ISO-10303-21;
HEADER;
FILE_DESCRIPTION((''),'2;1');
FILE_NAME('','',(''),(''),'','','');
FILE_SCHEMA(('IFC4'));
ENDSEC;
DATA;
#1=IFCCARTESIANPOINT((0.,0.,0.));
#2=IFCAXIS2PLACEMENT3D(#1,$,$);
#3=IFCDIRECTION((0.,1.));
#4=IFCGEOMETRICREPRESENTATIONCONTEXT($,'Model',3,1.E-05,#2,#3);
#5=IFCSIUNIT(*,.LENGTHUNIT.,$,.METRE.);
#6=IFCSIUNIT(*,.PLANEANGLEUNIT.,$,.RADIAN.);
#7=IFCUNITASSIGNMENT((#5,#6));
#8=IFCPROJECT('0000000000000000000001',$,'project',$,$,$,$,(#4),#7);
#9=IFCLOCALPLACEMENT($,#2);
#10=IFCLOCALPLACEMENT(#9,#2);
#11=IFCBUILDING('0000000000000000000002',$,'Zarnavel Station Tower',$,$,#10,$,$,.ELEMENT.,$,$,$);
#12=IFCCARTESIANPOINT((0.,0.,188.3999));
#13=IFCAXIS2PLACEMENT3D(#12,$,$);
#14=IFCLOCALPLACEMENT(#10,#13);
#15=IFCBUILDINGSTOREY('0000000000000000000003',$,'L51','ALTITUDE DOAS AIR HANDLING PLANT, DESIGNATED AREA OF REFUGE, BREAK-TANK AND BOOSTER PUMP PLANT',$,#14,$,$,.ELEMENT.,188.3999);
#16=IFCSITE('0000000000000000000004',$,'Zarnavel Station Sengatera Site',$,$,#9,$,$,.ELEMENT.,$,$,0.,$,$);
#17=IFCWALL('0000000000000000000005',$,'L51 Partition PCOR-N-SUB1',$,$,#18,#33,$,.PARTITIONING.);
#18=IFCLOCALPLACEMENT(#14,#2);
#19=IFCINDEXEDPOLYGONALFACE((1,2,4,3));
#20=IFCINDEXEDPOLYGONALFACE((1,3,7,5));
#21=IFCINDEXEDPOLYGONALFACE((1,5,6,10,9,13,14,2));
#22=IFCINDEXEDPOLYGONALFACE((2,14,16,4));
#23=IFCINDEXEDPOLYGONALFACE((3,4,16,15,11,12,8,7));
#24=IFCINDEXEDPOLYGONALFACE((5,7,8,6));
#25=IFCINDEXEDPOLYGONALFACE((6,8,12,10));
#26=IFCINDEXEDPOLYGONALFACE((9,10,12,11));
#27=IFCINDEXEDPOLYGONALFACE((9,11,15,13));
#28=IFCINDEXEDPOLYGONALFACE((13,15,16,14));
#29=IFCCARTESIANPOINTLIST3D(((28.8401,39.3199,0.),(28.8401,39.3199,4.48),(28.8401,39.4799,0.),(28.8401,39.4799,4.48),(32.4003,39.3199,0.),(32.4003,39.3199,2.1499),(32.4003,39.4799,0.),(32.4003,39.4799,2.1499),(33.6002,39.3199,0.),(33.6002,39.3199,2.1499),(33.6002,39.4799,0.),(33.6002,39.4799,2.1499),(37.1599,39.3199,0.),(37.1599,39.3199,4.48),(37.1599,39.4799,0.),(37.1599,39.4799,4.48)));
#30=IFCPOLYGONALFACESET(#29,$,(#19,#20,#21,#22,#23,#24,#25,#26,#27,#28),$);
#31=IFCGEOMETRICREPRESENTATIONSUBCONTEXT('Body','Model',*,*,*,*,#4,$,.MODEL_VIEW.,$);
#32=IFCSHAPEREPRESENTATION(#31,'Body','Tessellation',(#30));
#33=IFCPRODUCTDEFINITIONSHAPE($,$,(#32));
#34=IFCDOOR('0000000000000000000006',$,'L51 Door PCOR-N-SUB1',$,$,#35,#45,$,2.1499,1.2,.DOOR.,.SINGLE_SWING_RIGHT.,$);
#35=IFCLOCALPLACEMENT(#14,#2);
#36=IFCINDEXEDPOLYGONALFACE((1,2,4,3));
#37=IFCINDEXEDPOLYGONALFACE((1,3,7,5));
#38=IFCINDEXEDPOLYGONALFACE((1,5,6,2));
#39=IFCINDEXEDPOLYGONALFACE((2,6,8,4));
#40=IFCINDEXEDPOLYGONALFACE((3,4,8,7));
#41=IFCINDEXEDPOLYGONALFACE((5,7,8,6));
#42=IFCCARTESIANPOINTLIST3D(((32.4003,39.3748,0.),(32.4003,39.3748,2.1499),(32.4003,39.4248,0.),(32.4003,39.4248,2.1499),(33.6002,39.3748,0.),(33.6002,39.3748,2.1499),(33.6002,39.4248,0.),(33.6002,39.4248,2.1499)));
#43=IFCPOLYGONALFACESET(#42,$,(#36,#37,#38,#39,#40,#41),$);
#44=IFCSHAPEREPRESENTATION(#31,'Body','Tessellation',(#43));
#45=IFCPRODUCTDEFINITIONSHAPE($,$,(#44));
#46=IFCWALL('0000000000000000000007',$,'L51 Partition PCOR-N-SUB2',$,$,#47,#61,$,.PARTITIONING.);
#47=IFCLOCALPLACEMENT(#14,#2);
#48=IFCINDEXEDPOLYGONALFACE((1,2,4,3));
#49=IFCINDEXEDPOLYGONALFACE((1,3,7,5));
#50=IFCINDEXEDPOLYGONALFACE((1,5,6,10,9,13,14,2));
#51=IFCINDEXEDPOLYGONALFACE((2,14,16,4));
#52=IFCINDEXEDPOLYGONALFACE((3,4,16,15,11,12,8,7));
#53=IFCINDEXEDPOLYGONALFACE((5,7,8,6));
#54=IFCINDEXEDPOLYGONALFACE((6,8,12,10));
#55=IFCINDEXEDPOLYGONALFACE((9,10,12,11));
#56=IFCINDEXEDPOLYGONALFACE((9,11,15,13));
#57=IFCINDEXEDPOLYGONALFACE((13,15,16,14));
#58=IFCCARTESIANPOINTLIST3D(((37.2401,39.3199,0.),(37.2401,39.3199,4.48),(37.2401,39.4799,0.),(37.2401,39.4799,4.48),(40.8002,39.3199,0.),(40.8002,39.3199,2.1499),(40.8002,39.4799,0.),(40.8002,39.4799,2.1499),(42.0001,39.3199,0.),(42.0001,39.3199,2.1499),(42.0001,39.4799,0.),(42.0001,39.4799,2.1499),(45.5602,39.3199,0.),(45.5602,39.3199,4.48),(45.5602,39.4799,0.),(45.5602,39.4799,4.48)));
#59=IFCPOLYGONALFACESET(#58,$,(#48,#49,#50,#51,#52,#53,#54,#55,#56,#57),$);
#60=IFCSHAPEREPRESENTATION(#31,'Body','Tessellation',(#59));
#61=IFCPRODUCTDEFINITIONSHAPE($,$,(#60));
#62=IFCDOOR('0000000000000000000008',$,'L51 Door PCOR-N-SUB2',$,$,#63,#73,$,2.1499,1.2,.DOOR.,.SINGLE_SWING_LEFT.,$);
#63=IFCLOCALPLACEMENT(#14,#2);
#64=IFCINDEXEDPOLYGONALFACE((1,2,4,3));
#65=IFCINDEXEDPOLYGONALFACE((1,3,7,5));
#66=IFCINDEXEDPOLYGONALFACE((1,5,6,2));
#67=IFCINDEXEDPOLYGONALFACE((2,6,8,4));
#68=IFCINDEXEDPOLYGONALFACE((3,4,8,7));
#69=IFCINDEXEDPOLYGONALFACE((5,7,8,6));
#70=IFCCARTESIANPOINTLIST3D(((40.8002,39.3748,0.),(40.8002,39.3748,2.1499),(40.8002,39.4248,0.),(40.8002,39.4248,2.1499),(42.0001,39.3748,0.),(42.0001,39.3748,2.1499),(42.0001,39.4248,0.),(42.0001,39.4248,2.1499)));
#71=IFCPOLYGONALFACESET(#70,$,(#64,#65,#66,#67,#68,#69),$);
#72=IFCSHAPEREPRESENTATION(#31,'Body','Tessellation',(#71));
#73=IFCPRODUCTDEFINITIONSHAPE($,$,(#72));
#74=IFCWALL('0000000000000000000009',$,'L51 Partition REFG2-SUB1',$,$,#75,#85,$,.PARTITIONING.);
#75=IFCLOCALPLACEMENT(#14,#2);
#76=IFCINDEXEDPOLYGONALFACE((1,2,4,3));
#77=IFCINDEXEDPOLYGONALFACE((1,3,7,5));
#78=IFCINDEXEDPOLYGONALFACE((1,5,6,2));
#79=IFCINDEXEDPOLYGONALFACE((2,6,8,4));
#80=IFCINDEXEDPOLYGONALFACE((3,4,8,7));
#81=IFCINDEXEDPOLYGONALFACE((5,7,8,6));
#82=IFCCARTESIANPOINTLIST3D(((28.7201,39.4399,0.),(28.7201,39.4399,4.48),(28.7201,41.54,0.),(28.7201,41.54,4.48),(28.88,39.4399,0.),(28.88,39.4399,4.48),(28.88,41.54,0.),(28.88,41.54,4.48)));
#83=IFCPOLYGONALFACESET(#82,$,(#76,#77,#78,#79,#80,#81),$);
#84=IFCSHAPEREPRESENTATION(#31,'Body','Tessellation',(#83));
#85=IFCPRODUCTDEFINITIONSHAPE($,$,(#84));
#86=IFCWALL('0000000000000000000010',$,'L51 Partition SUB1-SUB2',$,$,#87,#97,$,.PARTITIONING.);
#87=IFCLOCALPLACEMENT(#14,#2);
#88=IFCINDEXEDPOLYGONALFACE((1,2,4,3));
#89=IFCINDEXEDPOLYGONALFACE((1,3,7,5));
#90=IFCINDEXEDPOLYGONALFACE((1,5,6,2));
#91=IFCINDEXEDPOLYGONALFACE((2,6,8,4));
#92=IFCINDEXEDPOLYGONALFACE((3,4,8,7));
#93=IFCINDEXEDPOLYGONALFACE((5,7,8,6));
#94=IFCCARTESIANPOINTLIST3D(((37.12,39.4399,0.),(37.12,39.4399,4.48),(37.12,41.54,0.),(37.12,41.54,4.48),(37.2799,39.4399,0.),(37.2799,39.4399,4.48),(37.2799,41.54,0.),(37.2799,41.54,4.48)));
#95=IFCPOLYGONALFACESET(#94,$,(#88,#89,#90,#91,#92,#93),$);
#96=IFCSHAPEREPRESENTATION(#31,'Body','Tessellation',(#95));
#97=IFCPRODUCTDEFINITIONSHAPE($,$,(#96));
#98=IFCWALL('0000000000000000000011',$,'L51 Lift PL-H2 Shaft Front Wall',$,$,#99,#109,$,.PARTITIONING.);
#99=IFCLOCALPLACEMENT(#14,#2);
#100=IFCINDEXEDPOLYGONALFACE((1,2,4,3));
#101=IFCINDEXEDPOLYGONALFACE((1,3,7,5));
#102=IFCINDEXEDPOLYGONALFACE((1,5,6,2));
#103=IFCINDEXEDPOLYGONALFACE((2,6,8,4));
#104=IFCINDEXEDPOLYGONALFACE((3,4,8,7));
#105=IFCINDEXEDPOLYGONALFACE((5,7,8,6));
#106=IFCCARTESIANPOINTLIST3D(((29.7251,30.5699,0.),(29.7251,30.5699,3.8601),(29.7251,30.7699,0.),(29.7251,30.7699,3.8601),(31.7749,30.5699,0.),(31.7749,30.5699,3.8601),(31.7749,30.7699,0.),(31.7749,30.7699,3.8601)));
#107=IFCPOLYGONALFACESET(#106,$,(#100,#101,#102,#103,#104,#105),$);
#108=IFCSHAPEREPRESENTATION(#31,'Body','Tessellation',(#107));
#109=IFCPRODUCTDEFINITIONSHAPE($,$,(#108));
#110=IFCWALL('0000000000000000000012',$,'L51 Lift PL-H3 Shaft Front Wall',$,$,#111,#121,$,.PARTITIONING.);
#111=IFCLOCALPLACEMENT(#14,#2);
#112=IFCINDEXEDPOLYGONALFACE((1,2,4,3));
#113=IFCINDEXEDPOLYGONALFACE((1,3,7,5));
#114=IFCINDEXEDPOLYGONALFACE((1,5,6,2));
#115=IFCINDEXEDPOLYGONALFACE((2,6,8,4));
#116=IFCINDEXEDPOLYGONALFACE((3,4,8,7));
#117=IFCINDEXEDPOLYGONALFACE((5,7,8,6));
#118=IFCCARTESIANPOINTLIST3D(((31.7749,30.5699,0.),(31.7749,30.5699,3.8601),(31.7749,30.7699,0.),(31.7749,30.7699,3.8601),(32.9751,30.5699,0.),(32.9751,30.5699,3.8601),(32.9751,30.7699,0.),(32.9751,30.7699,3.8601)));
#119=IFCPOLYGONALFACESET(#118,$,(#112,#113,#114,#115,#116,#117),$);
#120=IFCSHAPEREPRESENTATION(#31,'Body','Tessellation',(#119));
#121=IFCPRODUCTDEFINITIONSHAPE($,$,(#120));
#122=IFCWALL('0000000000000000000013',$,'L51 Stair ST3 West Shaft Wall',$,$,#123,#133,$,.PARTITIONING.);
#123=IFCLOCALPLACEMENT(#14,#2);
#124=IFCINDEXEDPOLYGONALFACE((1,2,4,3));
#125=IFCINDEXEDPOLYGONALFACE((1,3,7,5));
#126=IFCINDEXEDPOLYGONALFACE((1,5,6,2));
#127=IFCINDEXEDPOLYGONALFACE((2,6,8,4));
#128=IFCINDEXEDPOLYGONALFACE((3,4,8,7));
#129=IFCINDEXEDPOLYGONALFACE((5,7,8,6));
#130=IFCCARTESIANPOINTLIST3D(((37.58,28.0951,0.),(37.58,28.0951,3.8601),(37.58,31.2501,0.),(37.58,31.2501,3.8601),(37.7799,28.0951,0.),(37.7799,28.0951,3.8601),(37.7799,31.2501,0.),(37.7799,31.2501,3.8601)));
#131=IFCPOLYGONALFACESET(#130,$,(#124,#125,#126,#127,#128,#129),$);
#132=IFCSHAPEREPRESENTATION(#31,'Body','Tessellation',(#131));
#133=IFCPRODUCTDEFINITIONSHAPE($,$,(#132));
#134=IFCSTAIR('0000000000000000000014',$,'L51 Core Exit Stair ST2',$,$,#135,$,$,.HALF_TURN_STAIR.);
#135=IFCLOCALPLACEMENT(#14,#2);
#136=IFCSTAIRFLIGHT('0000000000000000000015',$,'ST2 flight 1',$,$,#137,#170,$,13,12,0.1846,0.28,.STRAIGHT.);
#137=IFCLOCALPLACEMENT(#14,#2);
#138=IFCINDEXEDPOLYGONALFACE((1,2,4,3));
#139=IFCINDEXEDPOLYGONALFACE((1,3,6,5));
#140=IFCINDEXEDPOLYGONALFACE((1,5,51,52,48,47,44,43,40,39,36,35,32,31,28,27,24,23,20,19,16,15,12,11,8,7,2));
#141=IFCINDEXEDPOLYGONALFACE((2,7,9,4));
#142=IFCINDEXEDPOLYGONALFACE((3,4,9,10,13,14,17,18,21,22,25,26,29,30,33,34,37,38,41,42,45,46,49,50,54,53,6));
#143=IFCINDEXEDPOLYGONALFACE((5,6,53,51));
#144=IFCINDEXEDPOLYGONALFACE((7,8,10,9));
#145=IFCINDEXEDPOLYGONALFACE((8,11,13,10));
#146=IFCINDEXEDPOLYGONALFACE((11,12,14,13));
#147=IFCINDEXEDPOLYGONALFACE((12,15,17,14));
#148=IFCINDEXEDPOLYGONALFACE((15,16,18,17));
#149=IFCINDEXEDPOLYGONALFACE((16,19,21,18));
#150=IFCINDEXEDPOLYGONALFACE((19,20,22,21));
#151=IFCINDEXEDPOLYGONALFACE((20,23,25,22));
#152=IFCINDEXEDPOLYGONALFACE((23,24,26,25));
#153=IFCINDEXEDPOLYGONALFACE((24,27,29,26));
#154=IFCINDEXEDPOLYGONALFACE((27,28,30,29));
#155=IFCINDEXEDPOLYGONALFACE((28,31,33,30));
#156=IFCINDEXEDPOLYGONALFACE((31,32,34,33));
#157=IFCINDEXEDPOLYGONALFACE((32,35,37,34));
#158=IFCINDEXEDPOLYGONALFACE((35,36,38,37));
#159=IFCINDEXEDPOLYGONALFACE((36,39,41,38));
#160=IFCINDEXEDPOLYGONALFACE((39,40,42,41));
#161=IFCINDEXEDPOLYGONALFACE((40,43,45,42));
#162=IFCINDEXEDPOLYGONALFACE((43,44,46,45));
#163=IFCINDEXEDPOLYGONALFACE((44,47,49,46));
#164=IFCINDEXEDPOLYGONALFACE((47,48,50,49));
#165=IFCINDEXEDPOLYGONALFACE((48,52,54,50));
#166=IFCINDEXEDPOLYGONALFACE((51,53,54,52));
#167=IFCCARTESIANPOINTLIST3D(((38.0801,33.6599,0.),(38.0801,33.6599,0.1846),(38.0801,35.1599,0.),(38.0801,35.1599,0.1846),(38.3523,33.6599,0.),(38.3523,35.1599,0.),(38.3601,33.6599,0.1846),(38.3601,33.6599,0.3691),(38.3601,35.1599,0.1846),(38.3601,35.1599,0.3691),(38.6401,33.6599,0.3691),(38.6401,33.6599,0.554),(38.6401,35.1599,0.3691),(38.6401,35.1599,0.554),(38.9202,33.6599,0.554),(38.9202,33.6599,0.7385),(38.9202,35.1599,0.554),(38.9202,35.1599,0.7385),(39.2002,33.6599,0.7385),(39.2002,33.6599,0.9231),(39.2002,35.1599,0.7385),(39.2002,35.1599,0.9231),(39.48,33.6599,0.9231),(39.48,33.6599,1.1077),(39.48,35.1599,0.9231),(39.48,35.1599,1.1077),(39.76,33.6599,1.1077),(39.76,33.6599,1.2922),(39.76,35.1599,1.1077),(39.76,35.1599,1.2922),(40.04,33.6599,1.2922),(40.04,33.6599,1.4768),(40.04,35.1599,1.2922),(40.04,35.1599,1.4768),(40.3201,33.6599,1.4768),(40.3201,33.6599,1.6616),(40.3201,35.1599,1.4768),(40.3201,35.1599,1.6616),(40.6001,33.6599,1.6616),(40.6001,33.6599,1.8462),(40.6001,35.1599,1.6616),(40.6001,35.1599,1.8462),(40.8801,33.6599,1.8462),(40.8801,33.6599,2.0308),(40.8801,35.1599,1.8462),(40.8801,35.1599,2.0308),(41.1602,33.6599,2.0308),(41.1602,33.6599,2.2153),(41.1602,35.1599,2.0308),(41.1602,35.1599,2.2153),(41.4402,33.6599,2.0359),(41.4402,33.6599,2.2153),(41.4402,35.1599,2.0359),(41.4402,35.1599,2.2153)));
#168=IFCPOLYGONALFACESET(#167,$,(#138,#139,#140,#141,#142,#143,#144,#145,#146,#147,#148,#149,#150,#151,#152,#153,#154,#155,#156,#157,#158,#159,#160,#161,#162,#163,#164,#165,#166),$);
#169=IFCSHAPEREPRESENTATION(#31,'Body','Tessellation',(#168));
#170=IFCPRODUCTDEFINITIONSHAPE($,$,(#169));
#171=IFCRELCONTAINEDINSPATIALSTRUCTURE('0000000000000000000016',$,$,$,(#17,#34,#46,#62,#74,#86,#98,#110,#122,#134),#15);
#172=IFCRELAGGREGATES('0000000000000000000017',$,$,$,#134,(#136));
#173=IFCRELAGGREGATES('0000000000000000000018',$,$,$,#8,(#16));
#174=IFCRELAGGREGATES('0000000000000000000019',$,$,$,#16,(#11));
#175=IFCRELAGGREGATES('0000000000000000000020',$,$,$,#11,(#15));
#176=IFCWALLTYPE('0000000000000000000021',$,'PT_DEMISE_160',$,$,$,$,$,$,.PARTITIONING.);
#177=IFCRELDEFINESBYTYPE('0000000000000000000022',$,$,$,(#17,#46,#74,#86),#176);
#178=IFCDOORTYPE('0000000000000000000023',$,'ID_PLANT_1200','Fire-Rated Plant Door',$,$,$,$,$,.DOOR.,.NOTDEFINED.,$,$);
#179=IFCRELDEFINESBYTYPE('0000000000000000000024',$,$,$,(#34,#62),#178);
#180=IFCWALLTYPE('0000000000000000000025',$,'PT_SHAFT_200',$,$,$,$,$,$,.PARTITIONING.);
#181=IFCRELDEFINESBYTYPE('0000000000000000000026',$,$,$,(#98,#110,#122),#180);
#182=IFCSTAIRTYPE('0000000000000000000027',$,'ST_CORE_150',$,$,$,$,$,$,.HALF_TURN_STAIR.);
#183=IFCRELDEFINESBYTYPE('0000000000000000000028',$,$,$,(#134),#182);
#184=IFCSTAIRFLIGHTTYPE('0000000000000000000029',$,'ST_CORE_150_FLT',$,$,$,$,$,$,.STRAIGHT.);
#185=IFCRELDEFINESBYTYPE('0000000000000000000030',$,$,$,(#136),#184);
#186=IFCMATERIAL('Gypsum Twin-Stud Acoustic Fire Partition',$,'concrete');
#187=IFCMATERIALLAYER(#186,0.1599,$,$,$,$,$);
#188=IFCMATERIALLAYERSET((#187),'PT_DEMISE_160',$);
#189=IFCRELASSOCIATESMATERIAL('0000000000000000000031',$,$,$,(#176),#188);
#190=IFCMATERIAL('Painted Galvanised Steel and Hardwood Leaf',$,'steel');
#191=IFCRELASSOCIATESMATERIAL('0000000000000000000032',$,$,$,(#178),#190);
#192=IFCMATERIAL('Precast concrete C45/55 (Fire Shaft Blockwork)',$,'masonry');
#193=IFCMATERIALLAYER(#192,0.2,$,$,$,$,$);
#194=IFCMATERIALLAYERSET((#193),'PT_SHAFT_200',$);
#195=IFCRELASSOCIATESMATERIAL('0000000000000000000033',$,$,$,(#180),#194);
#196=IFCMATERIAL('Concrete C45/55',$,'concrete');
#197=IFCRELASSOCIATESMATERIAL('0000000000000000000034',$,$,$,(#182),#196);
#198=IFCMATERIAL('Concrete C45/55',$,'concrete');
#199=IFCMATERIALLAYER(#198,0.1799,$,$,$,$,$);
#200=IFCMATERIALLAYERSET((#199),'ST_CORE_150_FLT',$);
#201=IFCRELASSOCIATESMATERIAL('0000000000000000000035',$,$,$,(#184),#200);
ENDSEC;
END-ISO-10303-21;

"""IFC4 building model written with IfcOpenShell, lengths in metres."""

from ifc_helpers import new_model, si_unit, direction, frame, frame_2d, origin, place, context, subcontext, project, spatial, polyline, rectangle, outline, extrude, material, layer, layer_set, type_object, element, fill, aggregate, save


model = new_model("IFC4")

# Units and contexts
model_context = context("Model", 3, precision=1e-05, world=origin(), true_north=direction((0.0, 1.0)))
body_context = subcontext(model_context, "Body", "Model", "MODEL_VIEW")
ifc_project = project(units=[si_unit("LENGTHUNIT", "METRE"), si_unit("PLANEANGLEUNIT", "RADIAN")], contexts=[model_context])

# Site, building, storey
site_placement = place(None, origin())
site = spatial("IfcSite", under=ifc_project, at=site_placement, Name="Zarnavel Station Sengatera Site", CompositionType="ELEMENT", RefElevation=0.0)
building_placement = place(site_placement, origin())
building = spatial("IfcBuilding", under=site, at=building_placement, Name="Zarnavel Station Tower", CompositionType="ELEMENT")
storey_placement = place(building_placement, frame((0.0, 0.0, 188.3999)))
storey = spatial("IfcBuildingStorey", under=building, at=storey_placement, Name="L51", Description="ALTITUDE DOAS AIR HANDLING PLANT, DESIGNATED AREA OF REFUGE, BREAK-TANK AND BOOSTER PUMP PLANT", CompositionType="ELEMENT", Elevation=188.3999)

# Walls, openings, doors
ifc_material_1 = material(Name="Gypsum Twin-Stud Acoustic Fire Partition", Category="concrete")
ifc_layer_1 = layer(ifc_material_1, 0.1599)
ifc_layer_set_1 = layer_set([ifc_layer_1], Name="PT_DEMISE_160")
wall_type_1 = type_object("IfcWallType", Name="PT_DEMISE_160", PredefinedType="PARTITIONING", material=ifc_layer_set_1)
wall_1_placement = place(storey_placement, frame((28.8401, 39.3999, 0.0), z_axis=(0.0, 0.0, 1.0), x_axis=(1.0, 0.0, 0.0)))
wall_1 = element("IfcWall", 1, at=wall_1_placement, inside=storey, type_object=wall_type_1, Name="L51 Partition PCOR-N-SUB1", PredefinedType="PARTITIONING", context=body_context, shape_type="SweptSolid", body=[
    extrude(rectangle(XDim=8.3198, YDim=0.1599, at=frame_2d((4.1599, 0.0))), origin(), (0.0, 0.0, 1.0), 4.48),
])
opening_1_placement = place(wall_1_placement, frame((3.5601, 0.0, 0.0)))
opening_1 = element("IfcOpeningElement", 2, at=opening_1_placement, cuts=wall_1, PredefinedType="OPENING", context=body_context, shape_type="SweptSolid", body=[
    extrude(rectangle(XDim=1.2, YDim=2.1499, at=frame_2d((0.6001, 1.075))), frame((0.0, 0.0898, 0.0), z_axis=(0.0, -1.0, 0.0), x_axis=(1.0, 0.0, 0.0)), (0.0, 0.0, 1.0), 0.1799),
])
ifc_material_2 = material(Name="Painted Galvanised Steel and Hardwood Leaf", Category="steel")
door_type_1 = type_object("IfcDoorType", Name="ID_PLANT_1200", Description="Fire-Rated Plant Door", OperationType="NOTDEFINED", PredefinedType="DOOR", material=ifc_material_2)
door_1_placement = place(opening_1_placement, origin())
door_1 = element("IfcDoor", 3, at=door_1_placement, inside=storey, type_object=door_type_1, Name="L51 Door PCOR-N-SUB1", OperationType="SINGLE_SWING_RIGHT", OverallHeight=2.1499, OverallWidth=1.2, PredefinedType="DOOR", context=body_context, shape_type="SweptSolid", body=[
    extrude(rectangle(XDim=1.2, YDim=2.1499, at=frame_2d((0.6001, 1.075))), frame((0.0, 0.0249, 0.0), z_axis=(0.0, -1.0, 0.0), x_axis=(1.0, 0.0, 0.0)), (0.0, 0.0, 1.0), 0.05),
])
fill(opening_1, door_1)
wall_2_placement = place(storey_placement, frame((37.24, 39.3999, 0.0), z_axis=(0.0, 0.0, 1.0), x_axis=(1.0, 0.0, 0.0)))
wall_2 = element("IfcWall", 4, at=wall_2_placement, inside=storey, type_object=wall_type_1, Name="L51 Partition PCOR-N-SUB2", PredefinedType="PARTITIONING", context=body_context, shape_type="SweptSolid", body=[
    extrude(rectangle(XDim=8.3201, YDim=0.1599, at=frame_2d((4.1602, 0.0))), origin(), (0.0, 0.0, 1.0), 4.48),
])
opening_2_placement = place(wall_2_placement, frame((3.5601, 0.0, 0.0)))
opening_2 = element("IfcOpeningElement", 5, at=opening_2_placement, cuts=wall_2, PredefinedType="OPENING", context=body_context, shape_type="SweptSolid", body=[
    extrude(rectangle(XDim=1.2, YDim=2.1499, at=frame_2d((0.6001, 1.075))), frame((0.0, 0.0898, 0.0), z_axis=(0.0, -1.0, 0.0), x_axis=(1.0, 0.0, 0.0)), (0.0, 0.0, 1.0), 0.1799),
])
door_2_placement = place(opening_2_placement, origin())
door_2 = element("IfcDoor", 6, at=door_2_placement, inside=storey, type_object=door_type_1, Name="L51 Door PCOR-N-SUB2", OperationType="SINGLE_SWING_LEFT", OverallHeight=2.1499, OverallWidth=1.2, PredefinedType="DOOR", context=body_context, shape_type="SweptSolid", body=[
    extrude(rectangle(XDim=1.2, YDim=2.1499, at=frame_2d((0.6001, 1.075))), frame((0.0, 0.0249, 0.0), z_axis=(0.0, -1.0, 0.0), x_axis=(1.0, 0.0, 0.0)), (0.0, 0.0, 1.0), 0.05),
])
fill(opening_2, door_2)

# Walls
for number, where, z_axis, x_axis, name in (
    (7, (28.8, 39.4399, 0.0), (0.0, 0.0, 1.0), (0.0, 1.0, 0.0), "L51 Partition REFG2-SUB1"),
    (8, (37.2, 39.4399, 0.0), (0.0, 0.0, 1.0), (0.0, 1.0, 0.0), "L51 Partition SUB1-SUB2"),
):
    element("IfcWall", number, at=place(storey_placement, frame(where, z_axis=z_axis, x_axis=x_axis)), inside=storey, type_object=wall_type_1, Name=name, PredefinedType="PARTITIONING", context=body_context, shape_type="SweptSolid", body=[
        extrude(rectangle(XDim=2.1001, YDim=0.1599, at=frame_2d((1.05, 0.0))), origin(), (0.0, 0.0, 1.0), 4.48),
    ])

# Shared definitions
ifc_material_3 = material(Name="Precast concrete C45/55 (Fire Shaft Blockwork)", Category="masonry")
ifc_layer_2 = layer(ifc_material_3, 0.2)
ifc_layer_set_2 = layer_set([ifc_layer_2], Name="PT_SHAFT_200")
wall_type_2 = type_object("IfcWallType", Name="PT_SHAFT_200", PredefinedType="PARTITIONING", material=ifc_layer_set_2)

# Walls
wall_3_placement = place(storey_placement, frame((29.7251, 30.6699, 0.0), z_axis=(0.0, 0.0, 1.0), x_axis=(1.0, 0.0, 0.0)))
element("IfcWall", 9, at=wall_3_placement, inside=storey, type_object=wall_type_2, Name="L51 Lift PL-H2 Shaft Front Wall", PredefinedType="PARTITIONING", context=body_context, shape_type="SweptSolid", body=[
    extrude(rectangle(XDim=2.0498, YDim=0.2, at=frame_2d((1.0249, 0.0))), origin(), (0.0, 0.0, 1.0), 3.8601),
])
wall_4_placement = place(storey_placement, frame((31.7749, 30.6699, 0.0), z_axis=(0.0, 0.0, 1.0), x_axis=(1.0, 0.0, 0.0)))
element("IfcWall", 10, at=wall_4_placement, inside=storey, type_object=wall_type_2, Name="L51 Lift PL-H3 Shaft Front Wall", PredefinedType="PARTITIONING", context=body_context, shape_type="SweptSolid", body=[
    extrude(rectangle(XDim=1.2002, YDim=0.2, at=frame_2d((0.6001, 0.0))), origin(), (0.0, 0.0, 1.0), 3.8601),
])
wall_5_placement = place(storey_placement, frame((37.6799, 28.095, 0.0), z_axis=(0.0, 0.0, 1.0), x_axis=(0.0, 1.0, 0.0)))
element("IfcWall", 11, at=wall_5_placement, inside=storey, type_object=wall_type_2, Name="L51 Stair ST3 West Shaft Wall", PredefinedType="PARTITIONING", context=body_context, shape_type="SweptSolid", body=[
    extrude(rectangle(XDim=3.155, YDim=0.2, at=frame_2d((1.5776, 0.0))), origin(), (0.0, 0.0, 1.0), 3.8601),
])

# Stair, stair flight
ifc_material_4 = material(Name="Concrete C45/55", Category="concrete")
stair_type = type_object("IfcStairType", Name="ST_CORE_150", PredefinedType="HALF_TURN_STAIR", material=ifc_material_4)
stair_1_placement = place(storey_placement, origin())
stair_1 = element("IfcStair", 12, at=stair_1_placement, inside=storey, type_object=stair_type, Name="L51 Core Exit Stair ST2", PredefinedType="HALF_TURN_STAIR")
ifc_material_5 = material(Name="Concrete C45/55", Category="concrete")
ifc_layer_3 = layer(ifc_material_5, 0.1799)
ifc_layer_set_3 = layer_set([ifc_layer_3], Name="ST_CORE_150_FLT")
stair_flight_type = type_object("IfcStairFlightType", Name="ST_CORE_150_FLT", PredefinedType="STRAIGHT", material=ifc_layer_set_3)
stair_flight_1_placement = place(storey_placement, frame((38.0801, 34.4099, 0.0), z_axis=(0.0, 0.0, 1.0), x_axis=(1.0, 0.0, 0.0)))
stair_flight_1 = element("IfcStairFlight", 13, at=stair_flight_1_placement, type_object=stair_flight_type, Name="ST2 flight 1", NumberOfRisers=13, NumberOfTreads=12, PredefinedType="STRAIGHT", RiserHeight=0.1846, TreadLength=0.28, context=body_context, shape_type="SweptSolid", body=[
    extrude(outline(polyline([(0.0, 0.0), (0.0, 0.1846), (0.28, 0.1846), (0.28, 0.3691), (0.5601, 0.3691), (0.5601, 0.554), (0.8401, 0.554), (0.8401, 0.7385), (1.1201, 0.7385), (1.1201, 0.9231), (1.3999, 0.9231), (1.3999, 1.1077), (1.6799, 1.1077), (1.6799, 1.2922), (1.96, 1.2922), (1.96, 1.4768), (2.24, 1.4768), (2.24, 1.6616), (2.52, 1.6616), (2.52, 1.8462), (2.8, 1.8462), (2.8, 2.0308), (3.0801, 2.0308), (3.0801, 2.2153), (3.3601, 2.2153), (3.3601, 2.3999), (3.3601, 2.0359), (0.2722, 0.0), (0.0, 0.0)])), frame((0.0, 0.75, 0.0), z_axis=(0.0, -1.0, 0.0), x_axis=(1.0, 0.0, 0.0)), (0.0, 0.0, 1.0), 1.5),
])
aggregate(stair_1, [stair_flight_1])

save(model, "model.ifc")
